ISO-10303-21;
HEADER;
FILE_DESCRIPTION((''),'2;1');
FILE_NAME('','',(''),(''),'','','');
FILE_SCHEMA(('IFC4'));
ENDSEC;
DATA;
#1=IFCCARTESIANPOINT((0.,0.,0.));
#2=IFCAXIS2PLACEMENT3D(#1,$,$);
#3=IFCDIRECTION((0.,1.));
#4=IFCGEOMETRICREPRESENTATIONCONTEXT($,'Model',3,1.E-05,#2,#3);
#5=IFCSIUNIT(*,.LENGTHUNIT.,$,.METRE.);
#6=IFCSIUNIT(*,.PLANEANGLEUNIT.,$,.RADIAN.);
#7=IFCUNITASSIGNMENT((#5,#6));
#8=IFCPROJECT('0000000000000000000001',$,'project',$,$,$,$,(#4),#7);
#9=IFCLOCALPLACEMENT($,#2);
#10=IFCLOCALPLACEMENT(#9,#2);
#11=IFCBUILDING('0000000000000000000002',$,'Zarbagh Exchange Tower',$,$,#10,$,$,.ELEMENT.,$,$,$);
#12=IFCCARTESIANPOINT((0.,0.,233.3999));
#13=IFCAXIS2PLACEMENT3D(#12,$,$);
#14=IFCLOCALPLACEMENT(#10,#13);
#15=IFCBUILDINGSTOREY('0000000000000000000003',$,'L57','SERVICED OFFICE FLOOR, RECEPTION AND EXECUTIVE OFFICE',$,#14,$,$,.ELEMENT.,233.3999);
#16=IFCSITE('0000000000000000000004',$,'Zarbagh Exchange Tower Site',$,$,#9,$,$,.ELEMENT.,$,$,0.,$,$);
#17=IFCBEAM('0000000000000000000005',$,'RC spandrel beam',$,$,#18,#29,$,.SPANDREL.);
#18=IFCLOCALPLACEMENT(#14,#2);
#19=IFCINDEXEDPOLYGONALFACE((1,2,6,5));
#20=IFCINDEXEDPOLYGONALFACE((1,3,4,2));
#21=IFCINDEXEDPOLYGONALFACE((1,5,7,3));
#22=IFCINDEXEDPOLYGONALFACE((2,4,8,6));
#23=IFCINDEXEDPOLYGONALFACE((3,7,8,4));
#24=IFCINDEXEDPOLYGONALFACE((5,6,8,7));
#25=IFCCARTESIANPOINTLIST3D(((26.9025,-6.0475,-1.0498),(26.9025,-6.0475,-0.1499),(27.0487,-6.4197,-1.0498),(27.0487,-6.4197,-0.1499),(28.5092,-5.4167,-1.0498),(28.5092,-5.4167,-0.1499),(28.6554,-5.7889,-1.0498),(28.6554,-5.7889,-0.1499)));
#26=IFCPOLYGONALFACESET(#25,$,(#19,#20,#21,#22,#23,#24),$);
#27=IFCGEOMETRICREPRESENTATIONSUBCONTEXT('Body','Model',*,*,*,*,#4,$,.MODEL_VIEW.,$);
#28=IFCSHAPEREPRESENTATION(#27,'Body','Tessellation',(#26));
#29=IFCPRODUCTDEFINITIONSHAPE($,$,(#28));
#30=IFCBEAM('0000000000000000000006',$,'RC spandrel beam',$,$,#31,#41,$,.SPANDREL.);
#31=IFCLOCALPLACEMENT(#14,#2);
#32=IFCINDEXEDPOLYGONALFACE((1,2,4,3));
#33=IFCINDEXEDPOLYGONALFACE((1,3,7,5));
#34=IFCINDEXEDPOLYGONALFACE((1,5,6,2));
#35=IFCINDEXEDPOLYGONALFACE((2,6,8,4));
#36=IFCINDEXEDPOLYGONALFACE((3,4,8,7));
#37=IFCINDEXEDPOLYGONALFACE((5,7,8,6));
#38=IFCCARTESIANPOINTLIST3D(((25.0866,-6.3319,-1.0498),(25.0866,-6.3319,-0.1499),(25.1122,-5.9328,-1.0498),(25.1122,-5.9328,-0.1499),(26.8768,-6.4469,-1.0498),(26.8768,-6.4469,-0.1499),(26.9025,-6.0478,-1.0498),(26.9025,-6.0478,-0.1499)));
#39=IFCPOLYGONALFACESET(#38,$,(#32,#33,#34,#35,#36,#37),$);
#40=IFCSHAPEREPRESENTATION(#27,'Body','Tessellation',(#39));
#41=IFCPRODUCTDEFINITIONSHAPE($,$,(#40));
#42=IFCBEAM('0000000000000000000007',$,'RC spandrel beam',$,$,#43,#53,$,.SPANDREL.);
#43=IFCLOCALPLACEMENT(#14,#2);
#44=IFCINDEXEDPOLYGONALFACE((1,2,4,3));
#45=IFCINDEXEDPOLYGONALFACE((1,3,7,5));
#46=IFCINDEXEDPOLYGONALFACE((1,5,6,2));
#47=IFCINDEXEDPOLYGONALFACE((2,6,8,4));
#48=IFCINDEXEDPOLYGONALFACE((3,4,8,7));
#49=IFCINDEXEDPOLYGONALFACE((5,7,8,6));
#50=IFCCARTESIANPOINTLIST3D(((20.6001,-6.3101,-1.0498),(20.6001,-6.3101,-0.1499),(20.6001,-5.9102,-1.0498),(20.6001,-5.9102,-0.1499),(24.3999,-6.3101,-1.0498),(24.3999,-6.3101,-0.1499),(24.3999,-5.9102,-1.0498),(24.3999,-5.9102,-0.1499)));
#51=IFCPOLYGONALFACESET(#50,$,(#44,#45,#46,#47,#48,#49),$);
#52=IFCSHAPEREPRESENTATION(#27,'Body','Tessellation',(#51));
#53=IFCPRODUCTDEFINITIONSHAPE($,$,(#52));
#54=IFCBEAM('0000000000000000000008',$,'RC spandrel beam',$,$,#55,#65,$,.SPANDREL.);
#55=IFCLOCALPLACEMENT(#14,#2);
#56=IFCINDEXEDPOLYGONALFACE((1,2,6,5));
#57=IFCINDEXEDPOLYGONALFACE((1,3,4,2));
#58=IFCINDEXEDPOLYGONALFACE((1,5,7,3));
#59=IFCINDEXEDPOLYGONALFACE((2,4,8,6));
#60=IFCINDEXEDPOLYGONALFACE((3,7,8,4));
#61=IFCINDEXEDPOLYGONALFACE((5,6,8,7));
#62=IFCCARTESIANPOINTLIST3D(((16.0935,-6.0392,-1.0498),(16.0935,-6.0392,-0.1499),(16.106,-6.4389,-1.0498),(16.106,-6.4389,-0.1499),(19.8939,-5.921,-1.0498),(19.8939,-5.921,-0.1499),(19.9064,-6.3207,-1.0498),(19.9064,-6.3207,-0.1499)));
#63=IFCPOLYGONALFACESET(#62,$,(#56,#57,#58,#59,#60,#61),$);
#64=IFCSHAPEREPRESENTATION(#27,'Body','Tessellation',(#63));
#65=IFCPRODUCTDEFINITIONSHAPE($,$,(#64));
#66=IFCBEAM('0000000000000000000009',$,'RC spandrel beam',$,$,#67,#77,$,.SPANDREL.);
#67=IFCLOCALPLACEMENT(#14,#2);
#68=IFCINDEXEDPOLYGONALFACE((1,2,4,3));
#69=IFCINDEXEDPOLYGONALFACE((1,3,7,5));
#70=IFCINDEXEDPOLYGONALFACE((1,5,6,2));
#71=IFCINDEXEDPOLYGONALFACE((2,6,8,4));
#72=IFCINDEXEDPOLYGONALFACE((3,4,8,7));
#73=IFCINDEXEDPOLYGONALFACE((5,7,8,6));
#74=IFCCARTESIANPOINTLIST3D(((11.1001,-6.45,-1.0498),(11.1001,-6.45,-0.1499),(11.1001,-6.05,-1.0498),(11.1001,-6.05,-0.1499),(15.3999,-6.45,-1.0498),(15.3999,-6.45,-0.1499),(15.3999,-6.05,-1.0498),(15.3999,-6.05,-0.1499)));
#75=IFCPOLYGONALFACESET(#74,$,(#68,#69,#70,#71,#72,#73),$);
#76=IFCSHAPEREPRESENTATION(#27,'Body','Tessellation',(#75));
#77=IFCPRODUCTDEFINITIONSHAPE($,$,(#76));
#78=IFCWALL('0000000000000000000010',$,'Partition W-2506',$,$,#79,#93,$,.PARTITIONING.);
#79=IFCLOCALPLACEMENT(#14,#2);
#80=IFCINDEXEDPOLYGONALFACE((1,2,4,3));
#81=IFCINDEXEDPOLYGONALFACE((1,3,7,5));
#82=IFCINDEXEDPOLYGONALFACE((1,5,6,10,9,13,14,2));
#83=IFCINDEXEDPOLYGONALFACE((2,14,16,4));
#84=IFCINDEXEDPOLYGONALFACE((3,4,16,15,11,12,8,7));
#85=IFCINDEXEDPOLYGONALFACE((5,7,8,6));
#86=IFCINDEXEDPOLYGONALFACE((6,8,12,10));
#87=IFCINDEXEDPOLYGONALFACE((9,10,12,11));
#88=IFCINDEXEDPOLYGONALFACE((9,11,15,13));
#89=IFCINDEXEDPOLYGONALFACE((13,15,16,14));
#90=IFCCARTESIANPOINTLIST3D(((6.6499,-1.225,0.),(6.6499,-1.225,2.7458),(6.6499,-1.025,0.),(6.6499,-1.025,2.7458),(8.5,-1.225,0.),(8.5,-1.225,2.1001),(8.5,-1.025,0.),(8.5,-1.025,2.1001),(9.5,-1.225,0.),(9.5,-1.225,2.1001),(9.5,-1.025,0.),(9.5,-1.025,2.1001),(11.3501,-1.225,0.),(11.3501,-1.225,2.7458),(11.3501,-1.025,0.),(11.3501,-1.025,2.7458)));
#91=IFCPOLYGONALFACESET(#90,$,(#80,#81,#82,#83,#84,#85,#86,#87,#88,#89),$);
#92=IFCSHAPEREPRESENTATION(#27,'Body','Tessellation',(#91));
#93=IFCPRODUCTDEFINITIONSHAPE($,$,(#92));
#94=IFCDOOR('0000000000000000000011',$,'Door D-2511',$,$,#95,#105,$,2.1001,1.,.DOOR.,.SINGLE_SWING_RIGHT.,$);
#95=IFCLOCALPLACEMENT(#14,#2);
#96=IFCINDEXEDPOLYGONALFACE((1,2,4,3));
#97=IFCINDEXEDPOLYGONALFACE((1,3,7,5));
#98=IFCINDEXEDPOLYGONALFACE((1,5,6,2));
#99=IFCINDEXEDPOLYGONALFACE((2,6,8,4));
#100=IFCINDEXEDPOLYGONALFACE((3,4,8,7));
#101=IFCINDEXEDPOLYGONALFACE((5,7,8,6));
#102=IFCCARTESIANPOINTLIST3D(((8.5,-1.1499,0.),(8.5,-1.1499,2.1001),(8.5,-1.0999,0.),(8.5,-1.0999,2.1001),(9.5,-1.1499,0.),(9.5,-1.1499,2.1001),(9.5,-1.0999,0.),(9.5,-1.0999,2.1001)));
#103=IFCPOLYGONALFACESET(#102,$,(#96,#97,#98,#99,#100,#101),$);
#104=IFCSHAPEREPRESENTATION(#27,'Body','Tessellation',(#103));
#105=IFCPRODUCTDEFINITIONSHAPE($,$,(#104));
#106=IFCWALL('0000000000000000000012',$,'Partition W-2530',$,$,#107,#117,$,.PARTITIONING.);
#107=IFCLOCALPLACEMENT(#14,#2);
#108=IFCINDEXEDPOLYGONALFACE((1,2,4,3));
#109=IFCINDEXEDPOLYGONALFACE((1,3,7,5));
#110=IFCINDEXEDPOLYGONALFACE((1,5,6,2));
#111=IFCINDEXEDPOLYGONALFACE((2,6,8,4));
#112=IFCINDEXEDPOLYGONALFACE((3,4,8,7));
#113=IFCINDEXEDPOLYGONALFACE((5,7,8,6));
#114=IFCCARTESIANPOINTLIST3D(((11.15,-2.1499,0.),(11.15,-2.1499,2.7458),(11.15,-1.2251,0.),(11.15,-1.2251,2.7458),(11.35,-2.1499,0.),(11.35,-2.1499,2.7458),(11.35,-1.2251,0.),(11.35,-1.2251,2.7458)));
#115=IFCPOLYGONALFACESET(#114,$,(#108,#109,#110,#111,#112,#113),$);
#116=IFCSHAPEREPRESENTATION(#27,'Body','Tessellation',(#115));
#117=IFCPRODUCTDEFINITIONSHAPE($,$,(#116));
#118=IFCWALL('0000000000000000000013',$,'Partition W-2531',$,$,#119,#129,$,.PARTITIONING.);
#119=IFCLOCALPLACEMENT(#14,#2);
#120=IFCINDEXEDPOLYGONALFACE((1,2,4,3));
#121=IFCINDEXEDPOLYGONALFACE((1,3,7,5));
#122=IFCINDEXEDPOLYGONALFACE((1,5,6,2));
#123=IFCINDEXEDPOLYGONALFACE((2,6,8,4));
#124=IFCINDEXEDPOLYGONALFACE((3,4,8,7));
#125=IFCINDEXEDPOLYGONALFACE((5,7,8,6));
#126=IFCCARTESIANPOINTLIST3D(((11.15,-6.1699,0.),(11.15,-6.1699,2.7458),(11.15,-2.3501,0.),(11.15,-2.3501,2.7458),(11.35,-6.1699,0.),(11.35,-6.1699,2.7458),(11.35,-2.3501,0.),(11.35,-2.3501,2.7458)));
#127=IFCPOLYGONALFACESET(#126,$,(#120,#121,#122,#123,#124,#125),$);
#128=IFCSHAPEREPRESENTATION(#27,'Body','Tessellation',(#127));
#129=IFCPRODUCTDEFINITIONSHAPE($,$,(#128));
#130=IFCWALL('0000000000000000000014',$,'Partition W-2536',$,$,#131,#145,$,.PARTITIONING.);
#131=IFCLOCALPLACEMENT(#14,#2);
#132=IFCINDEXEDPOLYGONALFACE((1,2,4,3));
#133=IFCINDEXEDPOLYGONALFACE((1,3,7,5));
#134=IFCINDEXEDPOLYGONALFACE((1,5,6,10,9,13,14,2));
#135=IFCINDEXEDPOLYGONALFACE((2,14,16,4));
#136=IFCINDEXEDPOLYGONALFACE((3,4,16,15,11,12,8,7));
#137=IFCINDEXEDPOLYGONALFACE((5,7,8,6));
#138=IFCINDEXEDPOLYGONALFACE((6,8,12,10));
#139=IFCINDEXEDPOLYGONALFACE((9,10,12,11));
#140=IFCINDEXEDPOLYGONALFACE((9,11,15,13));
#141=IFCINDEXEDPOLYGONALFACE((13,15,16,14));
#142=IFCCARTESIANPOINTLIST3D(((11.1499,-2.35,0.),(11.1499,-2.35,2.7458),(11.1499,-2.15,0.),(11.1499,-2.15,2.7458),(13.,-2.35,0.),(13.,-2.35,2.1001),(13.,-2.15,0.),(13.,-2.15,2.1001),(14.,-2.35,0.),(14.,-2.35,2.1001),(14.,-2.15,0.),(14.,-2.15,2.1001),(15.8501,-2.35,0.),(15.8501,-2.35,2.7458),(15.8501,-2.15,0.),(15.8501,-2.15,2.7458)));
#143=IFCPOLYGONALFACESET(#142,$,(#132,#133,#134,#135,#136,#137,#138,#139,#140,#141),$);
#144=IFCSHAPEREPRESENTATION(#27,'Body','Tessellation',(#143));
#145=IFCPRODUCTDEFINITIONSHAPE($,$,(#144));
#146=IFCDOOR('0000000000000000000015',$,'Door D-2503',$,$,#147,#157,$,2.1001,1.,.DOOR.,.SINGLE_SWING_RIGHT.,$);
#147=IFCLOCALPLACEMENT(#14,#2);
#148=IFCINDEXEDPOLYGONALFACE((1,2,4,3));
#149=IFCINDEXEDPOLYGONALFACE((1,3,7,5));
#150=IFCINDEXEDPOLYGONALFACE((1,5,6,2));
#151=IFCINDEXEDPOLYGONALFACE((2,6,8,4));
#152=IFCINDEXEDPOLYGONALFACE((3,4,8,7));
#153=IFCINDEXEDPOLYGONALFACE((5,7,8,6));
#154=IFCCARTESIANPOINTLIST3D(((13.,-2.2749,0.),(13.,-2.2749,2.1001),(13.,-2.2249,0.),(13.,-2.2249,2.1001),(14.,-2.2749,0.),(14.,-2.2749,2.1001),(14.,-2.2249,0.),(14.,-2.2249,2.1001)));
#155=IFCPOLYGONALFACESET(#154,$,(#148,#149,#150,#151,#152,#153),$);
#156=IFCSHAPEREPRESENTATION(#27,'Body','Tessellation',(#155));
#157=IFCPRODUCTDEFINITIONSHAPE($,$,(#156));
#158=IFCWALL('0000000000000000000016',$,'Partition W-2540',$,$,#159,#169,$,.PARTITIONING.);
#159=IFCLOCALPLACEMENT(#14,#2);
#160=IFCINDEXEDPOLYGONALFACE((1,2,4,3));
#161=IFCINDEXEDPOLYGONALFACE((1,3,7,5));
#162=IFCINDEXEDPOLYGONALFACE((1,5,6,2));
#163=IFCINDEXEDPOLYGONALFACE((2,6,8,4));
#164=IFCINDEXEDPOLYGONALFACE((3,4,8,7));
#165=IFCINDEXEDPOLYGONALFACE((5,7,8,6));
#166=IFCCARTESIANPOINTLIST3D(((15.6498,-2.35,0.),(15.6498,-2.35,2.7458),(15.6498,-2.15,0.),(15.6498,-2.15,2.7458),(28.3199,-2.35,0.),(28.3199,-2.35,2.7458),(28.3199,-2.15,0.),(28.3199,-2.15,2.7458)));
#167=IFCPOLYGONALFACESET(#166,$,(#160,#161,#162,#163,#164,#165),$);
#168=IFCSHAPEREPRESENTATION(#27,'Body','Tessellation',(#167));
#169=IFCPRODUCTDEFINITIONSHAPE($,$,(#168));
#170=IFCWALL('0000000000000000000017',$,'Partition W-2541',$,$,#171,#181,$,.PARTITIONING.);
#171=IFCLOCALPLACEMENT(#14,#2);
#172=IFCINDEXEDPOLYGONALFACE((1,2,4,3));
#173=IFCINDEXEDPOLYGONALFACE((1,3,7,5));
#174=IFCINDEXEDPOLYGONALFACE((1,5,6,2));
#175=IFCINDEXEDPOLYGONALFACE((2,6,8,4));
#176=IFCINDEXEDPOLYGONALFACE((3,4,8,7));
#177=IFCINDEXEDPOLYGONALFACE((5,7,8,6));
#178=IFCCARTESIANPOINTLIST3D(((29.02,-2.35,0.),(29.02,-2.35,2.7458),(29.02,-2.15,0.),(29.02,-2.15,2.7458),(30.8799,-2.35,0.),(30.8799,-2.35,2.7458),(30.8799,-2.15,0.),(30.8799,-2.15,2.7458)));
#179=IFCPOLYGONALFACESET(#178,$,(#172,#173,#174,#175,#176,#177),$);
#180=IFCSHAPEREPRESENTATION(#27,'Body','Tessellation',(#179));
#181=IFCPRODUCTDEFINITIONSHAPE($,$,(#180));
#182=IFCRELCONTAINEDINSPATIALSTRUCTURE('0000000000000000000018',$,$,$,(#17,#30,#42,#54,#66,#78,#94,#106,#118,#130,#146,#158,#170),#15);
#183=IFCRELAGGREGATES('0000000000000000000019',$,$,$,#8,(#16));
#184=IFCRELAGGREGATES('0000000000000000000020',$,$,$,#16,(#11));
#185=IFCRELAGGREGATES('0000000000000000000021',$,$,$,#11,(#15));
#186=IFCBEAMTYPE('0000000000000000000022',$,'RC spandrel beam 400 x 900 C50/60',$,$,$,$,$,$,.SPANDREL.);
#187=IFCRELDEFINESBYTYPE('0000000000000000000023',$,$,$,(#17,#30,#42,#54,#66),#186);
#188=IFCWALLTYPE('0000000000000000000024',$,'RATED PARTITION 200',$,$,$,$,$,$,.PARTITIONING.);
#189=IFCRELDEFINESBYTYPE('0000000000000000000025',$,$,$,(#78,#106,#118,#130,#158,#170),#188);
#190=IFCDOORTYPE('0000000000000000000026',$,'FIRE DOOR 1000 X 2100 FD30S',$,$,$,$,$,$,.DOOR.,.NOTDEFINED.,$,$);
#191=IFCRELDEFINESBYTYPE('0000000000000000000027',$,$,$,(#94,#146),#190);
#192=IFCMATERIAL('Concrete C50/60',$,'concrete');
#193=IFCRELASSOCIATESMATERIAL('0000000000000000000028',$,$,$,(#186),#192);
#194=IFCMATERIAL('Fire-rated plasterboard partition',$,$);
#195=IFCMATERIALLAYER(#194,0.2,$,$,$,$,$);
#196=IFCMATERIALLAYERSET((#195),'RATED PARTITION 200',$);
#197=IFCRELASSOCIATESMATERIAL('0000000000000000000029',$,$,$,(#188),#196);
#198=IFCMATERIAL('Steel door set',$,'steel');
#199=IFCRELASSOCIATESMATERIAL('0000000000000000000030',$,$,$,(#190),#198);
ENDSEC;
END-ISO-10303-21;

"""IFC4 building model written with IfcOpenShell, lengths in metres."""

from ifc_helpers import new_model, si_unit, direction, frame, frame_2d, origin, origin_2d, place, context, subcontext, project, spatial, rectangle, extrude, material, layer, layer_set, material_profile, profile_set, type_object, element, fill, save


model = new_model("IFC4")

# Units and contexts
model_context = context("Model", 3, precision=1e-05, world=origin(), true_north=direction((0.0, 1.0)))
body_context = subcontext(model_context, "Body", "Model", "MODEL_VIEW")
ifc_project = project(units=[si_unit("LENGTHUNIT", "METRE"), si_unit("PLANEANGLEUNIT", "RADIAN")], contexts=[model_context])

# Site, building, storey
site_placement = place(None, origin())
site = spatial("IfcSite", under=ifc_project, at=site_placement, Name="Zarbagh Exchange Tower Site", CompositionType="ELEMENT", RefElevation=0.0)
building_placement = place(site_placement, origin())
building = spatial("IfcBuilding", under=site, at=building_placement, Name="Zarbagh Exchange Tower", CompositionType="ELEMENT")
storey_placement = place(building_placement, frame((0.0, 0.0, 233.3999)))
storey = spatial("IfcBuildingStorey", under=building, at=storey_placement, Name="L57", Description="SERVICED OFFICE FLOOR, RECEPTION AND EXECUTIVE OFFICE", CompositionType="ELEMENT", Elevation=233.3999)

# Shared definitions
ifc_material_1 = material(Name="Concrete C50/60", Category="concrete")

# Beams
ifc_material_profile_1 = material_profile(ifc_material_1, rectangle(XDim=0.3999, YDim=0.8999, at=origin_2d()), Name="RC spandrel beam 400 x 900 C50/60")
ifc_profile_set_1 = profile_set([ifc_material_profile_1], Name="Concrete C50/60")
beam_type_1 = type_object("IfcBeamType", Name="RC spandrel beam 400 x 900 C50/60", PredefinedType="SPANDREL", material=ifc_profile_set_1)
beam_1_placement = place(storey_placement, frame((28.5823, -5.6028, -0.5999), z_axis=(-0.930819, -0.365482, 0.0), x_axis=(0.365482, -0.930819, 0.0)))
element("IfcBeam", 1, at=beam_1_placement, inside=storey, type_object=beam_type_1, Name="RC spandrel beam", PredefinedType="SPANDREL", context=body_context, shape_type="SweptSolid", body=[
    extrude(rectangle(XDim=0.3999, YDim=0.8999, at=origin_2d()), origin(), (0.0, 0.0, 1.0), 1.7261),
])
beam_2_placement = place(storey_placement, frame((26.8896, -6.2473, -0.5999), z_axis=(-0.997944, 0.064098, 0.0), x_axis=(-0.064098, -0.997944, 0.0)))
element("IfcBeam", 2, at=beam_2_placement, inside=storey, type_object=beam_type_1, Name="RC spandrel beam", PredefinedType="SPANDREL", context=body_context, shape_type="SweptSolid", body=[
    extrude(rectangle(XDim=0.3999, YDim=0.8999, at=origin_2d()), origin(), (0.0, 0.0, 1.0), 1.7939),
])
beam_3_placement = place(storey_placement, frame((24.3999, -6.1101, -0.5999), z_axis=(-1.0, 0.0, 0.0), x_axis=(0.0, -1.0, 0.0)))
element("IfcBeam", 3, at=beam_3_placement, inside=storey, type_object=beam_type_1, Name="RC spandrel beam", PredefinedType="SPANDREL", context=body_context, shape_type="SweptSolid", body=[
    extrude(rectangle(XDim=0.3999, YDim=0.8999, at=origin_2d()), origin(), (0.0, 0.0, 1.0), 3.7998),
])
beam_4_placement = place(storey_placement, frame((19.9001, -6.1208, -0.5999), z_axis=(-0.999517, -0.031078, 0.0), x_axis=(0.031078, -0.999517, 0.0)))
element("IfcBeam", 4, at=beam_4_placement, inside=storey, type_object=beam_type_1, Name="RC spandrel beam", PredefinedType="SPANDREL", context=body_context, shape_type="SweptSolid", body=[
    extrude(rectangle(XDim=0.3999, YDim=0.8999, at=origin_2d()), origin(), (0.0, 0.0, 1.0), 3.8022),
])
beam_5_placement = place(storey_placement, frame((15.3999, -6.25, -0.5999), z_axis=(-1.0, 0.0, 0.0), x_axis=(0.0, -1.0, 0.0)))
element("IfcBeam", 5, at=beam_5_placement, inside=storey, type_object=beam_type_1, Name="RC spandrel beam", PredefinedType="SPANDREL", context=body_context, shape_type="SweptSolid", body=[
    extrude(rectangle(XDim=0.3999, YDim=0.8999, at=origin_2d()), origin(), (0.0, 0.0, 1.0), 4.2998),
])

# Wall, opening, door
ifc_material_2 = material(Name="Fire-rated plasterboard partition")
ifc_layer = layer(ifc_material_2, 0.2)
ifc_layer_set = layer_set([ifc_layer], Name="RATED PARTITION 200")
wall_type = type_object("IfcWallType", Name="RATED PARTITION 200", PredefinedType="PARTITIONING", material=ifc_layer_set)
wall_1_placement = place(storey_placement, frame((11.3501, -1.125, 0.0), z_axis=(0.0, 0.0, 1.0), x_axis=(-1.0, 0.0, 0.0)))
wall_1 = element("IfcWall", 6, at=wall_1_placement, inside=storey, type_object=wall_type, Name="Partition W-2506", PredefinedType="PARTITIONING", context=body_context, shape_type="SweptSolid", body=[
    extrude(rectangle(XDim=4.7002, YDim=0.2, at=frame_2d((2.3501, 0.0))), origin(), (0.0, 0.0, 1.0), 2.7458),
])
opening_1_placement = place(wall_1_placement, frame((1.8501, 0.0, 0.0)))
opening_1 = element("IfcOpeningElement", 7, at=opening_1_placement, cuts=wall_1, PredefinedType="OPENING", context=body_context, shape_type="SweptSolid", body=[
    extrude(rectangle(XDim=1.0, YDim=2.1001, at=frame_2d((0.5, 1.05))), frame((0.0, 0.1099, 0.0), z_axis=(0.0, -1.0, 0.0), x_axis=(1.0, 0.0, 0.0)), (0.0, 0.0, 1.0), 0.22),
])
ifc_material_3 = material(Name="Steel door set", Category="steel")
door_type = type_object("IfcDoorType", Name="FIRE DOOR 1000 X 2100 FD30S", OperationType="NOTDEFINED", PredefinedType="DOOR", material=ifc_material_3)
door_1_placement = place(opening_1_placement, origin())
door_1 = element("IfcDoor", 8, at=door_1_placement, inside=storey, type_object=door_type, Name="Door D-2511", OperationType="SINGLE_SWING_RIGHT", OverallHeight=2.1001, OverallWidth=1.0, PredefinedType="DOOR", context=body_context, shape_type="SweptSolid", body=[
    extrude(rectangle(XDim=1.0, YDim=2.1001, at=frame_2d((0.5, 1.05))), frame((0.0, 0.0249, 0.0), z_axis=(0.0, -1.0, 0.0), x_axis=(1.0, 0.0, 0.0)), (0.0, 0.0, 1.0), 0.05),
])
fill(opening_1, door_1)

# Walls
wall_2_placement = place(storey_placement, frame((11.25, -2.1499, 0.0), z_axis=(0.0, 0.0, 1.0), x_axis=(0.0, 1.0, 0.0)))
element("IfcWall", 9, at=wall_2_placement, inside=storey, type_object=wall_type, Name="Partition W-2530", PredefinedType="PARTITIONING", context=body_context, shape_type="SweptSolid", body=[
    extrude(rectangle(XDim=0.9248, YDim=0.2, at=frame_2d((0.4624, 0.0))), origin(), (0.0, 0.0, 1.0), 2.7458),
])
wall_3_placement = place(storey_placement, frame((11.25, -6.1699, 0.0), z_axis=(0.0, 0.0, 1.0), x_axis=(0.0, 1.0, 0.0)))
element("IfcWall", 10, at=wall_3_placement, inside=storey, type_object=wall_type, Name="Partition W-2531", PredefinedType="PARTITIONING", context=body_context, shape_type="SweptSolid", body=[
    extrude(rectangle(XDim=3.8198, YDim=0.2, at=frame_2d((1.9099, 0.0))), origin(), (0.0, 0.0, 1.0), 2.7458),
])

# Wall, opening, door
wall_4_placement = place(storey_placement, frame((15.8501, -2.25, 0.0), z_axis=(0.0, 0.0, 1.0), x_axis=(-1.0, 0.0, 0.0)))
wall_4 = element("IfcWall", 11, at=wall_4_placement, inside=storey, type_object=wall_type, Name="Partition W-2536", PredefinedType="PARTITIONING", context=body_context, shape_type="SweptSolid", body=[
    extrude(rectangle(XDim=4.7002, YDim=0.2, at=frame_2d((2.3501, 0.0))), origin(), (0.0, 0.0, 1.0), 2.7458),
])
opening_2_placement = place(wall_4_placement, frame((1.8501, 0.0, 0.0)))
opening_2 = element("IfcOpeningElement", 12, at=opening_2_placement, cuts=wall_4, PredefinedType="OPENING", context=body_context, shape_type="SweptSolid", body=[
    extrude(rectangle(XDim=1.0, YDim=2.1001, at=frame_2d((0.5, 1.05))), frame((0.0, 0.1099, 0.0), z_axis=(0.0, -1.0, 0.0), x_axis=(1.0, 0.0, 0.0)), (0.0, 0.0, 1.0), 0.22),
])
door_2_placement = place(opening_2_placement, origin())
door_2 = element("IfcDoor", 13, at=door_2_placement, inside=storey, type_object=door_type, Name="Door D-2503", OperationType="SINGLE_SWING_RIGHT", OverallHeight=2.1001, OverallWidth=1.0, PredefinedType="DOOR", context=body_context, shape_type="SweptSolid", body=[
    extrude(rectangle(XDim=1.0, YDim=2.1001, at=frame_2d((0.5, 1.05))), frame((0.0, 0.0249, 0.0), z_axis=(0.0, -1.0, 0.0), x_axis=(1.0, 0.0, 0.0)), (0.0, 0.0, 1.0), 0.05),
])
fill(opening_2, door_2)

# Walls
wall_5_placement = place(storey_placement, frame((15.6499, -2.25, 0.0), z_axis=(0.0, 0.0, 1.0), x_axis=(1.0, 0.0, 0.0)))
element("IfcWall", 14, at=wall_5_placement, inside=storey, type_object=wall_type, Name="Partition W-2540", PredefinedType="PARTITIONING", context=body_context, shape_type="SweptSolid", body=[
    extrude(rectangle(XDim=12.6702, YDim=0.2, at=frame_2d((6.335, 0.0))), origin(), (0.0, 0.0, 1.0), 2.7458),
])
wall_6_placement = place(storey_placement, frame((29.02, -2.25, 0.0), z_axis=(0.0, 0.0, 1.0), x_axis=(1.0, 0.0, 0.0)))
element("IfcWall", 15, at=wall_6_placement, inside=storey, type_object=wall_type, Name="Partition W-2541", PredefinedType="PARTITIONING", context=body_context, shape_type="SweptSolid", body=[
    extrude(rectangle(XDim=1.8599, YDim=0.2, at=frame_2d((0.9299, 0.0))), origin(), (0.0, 0.0, 1.0), 2.7458),
])

save(model, "model.ifc")
